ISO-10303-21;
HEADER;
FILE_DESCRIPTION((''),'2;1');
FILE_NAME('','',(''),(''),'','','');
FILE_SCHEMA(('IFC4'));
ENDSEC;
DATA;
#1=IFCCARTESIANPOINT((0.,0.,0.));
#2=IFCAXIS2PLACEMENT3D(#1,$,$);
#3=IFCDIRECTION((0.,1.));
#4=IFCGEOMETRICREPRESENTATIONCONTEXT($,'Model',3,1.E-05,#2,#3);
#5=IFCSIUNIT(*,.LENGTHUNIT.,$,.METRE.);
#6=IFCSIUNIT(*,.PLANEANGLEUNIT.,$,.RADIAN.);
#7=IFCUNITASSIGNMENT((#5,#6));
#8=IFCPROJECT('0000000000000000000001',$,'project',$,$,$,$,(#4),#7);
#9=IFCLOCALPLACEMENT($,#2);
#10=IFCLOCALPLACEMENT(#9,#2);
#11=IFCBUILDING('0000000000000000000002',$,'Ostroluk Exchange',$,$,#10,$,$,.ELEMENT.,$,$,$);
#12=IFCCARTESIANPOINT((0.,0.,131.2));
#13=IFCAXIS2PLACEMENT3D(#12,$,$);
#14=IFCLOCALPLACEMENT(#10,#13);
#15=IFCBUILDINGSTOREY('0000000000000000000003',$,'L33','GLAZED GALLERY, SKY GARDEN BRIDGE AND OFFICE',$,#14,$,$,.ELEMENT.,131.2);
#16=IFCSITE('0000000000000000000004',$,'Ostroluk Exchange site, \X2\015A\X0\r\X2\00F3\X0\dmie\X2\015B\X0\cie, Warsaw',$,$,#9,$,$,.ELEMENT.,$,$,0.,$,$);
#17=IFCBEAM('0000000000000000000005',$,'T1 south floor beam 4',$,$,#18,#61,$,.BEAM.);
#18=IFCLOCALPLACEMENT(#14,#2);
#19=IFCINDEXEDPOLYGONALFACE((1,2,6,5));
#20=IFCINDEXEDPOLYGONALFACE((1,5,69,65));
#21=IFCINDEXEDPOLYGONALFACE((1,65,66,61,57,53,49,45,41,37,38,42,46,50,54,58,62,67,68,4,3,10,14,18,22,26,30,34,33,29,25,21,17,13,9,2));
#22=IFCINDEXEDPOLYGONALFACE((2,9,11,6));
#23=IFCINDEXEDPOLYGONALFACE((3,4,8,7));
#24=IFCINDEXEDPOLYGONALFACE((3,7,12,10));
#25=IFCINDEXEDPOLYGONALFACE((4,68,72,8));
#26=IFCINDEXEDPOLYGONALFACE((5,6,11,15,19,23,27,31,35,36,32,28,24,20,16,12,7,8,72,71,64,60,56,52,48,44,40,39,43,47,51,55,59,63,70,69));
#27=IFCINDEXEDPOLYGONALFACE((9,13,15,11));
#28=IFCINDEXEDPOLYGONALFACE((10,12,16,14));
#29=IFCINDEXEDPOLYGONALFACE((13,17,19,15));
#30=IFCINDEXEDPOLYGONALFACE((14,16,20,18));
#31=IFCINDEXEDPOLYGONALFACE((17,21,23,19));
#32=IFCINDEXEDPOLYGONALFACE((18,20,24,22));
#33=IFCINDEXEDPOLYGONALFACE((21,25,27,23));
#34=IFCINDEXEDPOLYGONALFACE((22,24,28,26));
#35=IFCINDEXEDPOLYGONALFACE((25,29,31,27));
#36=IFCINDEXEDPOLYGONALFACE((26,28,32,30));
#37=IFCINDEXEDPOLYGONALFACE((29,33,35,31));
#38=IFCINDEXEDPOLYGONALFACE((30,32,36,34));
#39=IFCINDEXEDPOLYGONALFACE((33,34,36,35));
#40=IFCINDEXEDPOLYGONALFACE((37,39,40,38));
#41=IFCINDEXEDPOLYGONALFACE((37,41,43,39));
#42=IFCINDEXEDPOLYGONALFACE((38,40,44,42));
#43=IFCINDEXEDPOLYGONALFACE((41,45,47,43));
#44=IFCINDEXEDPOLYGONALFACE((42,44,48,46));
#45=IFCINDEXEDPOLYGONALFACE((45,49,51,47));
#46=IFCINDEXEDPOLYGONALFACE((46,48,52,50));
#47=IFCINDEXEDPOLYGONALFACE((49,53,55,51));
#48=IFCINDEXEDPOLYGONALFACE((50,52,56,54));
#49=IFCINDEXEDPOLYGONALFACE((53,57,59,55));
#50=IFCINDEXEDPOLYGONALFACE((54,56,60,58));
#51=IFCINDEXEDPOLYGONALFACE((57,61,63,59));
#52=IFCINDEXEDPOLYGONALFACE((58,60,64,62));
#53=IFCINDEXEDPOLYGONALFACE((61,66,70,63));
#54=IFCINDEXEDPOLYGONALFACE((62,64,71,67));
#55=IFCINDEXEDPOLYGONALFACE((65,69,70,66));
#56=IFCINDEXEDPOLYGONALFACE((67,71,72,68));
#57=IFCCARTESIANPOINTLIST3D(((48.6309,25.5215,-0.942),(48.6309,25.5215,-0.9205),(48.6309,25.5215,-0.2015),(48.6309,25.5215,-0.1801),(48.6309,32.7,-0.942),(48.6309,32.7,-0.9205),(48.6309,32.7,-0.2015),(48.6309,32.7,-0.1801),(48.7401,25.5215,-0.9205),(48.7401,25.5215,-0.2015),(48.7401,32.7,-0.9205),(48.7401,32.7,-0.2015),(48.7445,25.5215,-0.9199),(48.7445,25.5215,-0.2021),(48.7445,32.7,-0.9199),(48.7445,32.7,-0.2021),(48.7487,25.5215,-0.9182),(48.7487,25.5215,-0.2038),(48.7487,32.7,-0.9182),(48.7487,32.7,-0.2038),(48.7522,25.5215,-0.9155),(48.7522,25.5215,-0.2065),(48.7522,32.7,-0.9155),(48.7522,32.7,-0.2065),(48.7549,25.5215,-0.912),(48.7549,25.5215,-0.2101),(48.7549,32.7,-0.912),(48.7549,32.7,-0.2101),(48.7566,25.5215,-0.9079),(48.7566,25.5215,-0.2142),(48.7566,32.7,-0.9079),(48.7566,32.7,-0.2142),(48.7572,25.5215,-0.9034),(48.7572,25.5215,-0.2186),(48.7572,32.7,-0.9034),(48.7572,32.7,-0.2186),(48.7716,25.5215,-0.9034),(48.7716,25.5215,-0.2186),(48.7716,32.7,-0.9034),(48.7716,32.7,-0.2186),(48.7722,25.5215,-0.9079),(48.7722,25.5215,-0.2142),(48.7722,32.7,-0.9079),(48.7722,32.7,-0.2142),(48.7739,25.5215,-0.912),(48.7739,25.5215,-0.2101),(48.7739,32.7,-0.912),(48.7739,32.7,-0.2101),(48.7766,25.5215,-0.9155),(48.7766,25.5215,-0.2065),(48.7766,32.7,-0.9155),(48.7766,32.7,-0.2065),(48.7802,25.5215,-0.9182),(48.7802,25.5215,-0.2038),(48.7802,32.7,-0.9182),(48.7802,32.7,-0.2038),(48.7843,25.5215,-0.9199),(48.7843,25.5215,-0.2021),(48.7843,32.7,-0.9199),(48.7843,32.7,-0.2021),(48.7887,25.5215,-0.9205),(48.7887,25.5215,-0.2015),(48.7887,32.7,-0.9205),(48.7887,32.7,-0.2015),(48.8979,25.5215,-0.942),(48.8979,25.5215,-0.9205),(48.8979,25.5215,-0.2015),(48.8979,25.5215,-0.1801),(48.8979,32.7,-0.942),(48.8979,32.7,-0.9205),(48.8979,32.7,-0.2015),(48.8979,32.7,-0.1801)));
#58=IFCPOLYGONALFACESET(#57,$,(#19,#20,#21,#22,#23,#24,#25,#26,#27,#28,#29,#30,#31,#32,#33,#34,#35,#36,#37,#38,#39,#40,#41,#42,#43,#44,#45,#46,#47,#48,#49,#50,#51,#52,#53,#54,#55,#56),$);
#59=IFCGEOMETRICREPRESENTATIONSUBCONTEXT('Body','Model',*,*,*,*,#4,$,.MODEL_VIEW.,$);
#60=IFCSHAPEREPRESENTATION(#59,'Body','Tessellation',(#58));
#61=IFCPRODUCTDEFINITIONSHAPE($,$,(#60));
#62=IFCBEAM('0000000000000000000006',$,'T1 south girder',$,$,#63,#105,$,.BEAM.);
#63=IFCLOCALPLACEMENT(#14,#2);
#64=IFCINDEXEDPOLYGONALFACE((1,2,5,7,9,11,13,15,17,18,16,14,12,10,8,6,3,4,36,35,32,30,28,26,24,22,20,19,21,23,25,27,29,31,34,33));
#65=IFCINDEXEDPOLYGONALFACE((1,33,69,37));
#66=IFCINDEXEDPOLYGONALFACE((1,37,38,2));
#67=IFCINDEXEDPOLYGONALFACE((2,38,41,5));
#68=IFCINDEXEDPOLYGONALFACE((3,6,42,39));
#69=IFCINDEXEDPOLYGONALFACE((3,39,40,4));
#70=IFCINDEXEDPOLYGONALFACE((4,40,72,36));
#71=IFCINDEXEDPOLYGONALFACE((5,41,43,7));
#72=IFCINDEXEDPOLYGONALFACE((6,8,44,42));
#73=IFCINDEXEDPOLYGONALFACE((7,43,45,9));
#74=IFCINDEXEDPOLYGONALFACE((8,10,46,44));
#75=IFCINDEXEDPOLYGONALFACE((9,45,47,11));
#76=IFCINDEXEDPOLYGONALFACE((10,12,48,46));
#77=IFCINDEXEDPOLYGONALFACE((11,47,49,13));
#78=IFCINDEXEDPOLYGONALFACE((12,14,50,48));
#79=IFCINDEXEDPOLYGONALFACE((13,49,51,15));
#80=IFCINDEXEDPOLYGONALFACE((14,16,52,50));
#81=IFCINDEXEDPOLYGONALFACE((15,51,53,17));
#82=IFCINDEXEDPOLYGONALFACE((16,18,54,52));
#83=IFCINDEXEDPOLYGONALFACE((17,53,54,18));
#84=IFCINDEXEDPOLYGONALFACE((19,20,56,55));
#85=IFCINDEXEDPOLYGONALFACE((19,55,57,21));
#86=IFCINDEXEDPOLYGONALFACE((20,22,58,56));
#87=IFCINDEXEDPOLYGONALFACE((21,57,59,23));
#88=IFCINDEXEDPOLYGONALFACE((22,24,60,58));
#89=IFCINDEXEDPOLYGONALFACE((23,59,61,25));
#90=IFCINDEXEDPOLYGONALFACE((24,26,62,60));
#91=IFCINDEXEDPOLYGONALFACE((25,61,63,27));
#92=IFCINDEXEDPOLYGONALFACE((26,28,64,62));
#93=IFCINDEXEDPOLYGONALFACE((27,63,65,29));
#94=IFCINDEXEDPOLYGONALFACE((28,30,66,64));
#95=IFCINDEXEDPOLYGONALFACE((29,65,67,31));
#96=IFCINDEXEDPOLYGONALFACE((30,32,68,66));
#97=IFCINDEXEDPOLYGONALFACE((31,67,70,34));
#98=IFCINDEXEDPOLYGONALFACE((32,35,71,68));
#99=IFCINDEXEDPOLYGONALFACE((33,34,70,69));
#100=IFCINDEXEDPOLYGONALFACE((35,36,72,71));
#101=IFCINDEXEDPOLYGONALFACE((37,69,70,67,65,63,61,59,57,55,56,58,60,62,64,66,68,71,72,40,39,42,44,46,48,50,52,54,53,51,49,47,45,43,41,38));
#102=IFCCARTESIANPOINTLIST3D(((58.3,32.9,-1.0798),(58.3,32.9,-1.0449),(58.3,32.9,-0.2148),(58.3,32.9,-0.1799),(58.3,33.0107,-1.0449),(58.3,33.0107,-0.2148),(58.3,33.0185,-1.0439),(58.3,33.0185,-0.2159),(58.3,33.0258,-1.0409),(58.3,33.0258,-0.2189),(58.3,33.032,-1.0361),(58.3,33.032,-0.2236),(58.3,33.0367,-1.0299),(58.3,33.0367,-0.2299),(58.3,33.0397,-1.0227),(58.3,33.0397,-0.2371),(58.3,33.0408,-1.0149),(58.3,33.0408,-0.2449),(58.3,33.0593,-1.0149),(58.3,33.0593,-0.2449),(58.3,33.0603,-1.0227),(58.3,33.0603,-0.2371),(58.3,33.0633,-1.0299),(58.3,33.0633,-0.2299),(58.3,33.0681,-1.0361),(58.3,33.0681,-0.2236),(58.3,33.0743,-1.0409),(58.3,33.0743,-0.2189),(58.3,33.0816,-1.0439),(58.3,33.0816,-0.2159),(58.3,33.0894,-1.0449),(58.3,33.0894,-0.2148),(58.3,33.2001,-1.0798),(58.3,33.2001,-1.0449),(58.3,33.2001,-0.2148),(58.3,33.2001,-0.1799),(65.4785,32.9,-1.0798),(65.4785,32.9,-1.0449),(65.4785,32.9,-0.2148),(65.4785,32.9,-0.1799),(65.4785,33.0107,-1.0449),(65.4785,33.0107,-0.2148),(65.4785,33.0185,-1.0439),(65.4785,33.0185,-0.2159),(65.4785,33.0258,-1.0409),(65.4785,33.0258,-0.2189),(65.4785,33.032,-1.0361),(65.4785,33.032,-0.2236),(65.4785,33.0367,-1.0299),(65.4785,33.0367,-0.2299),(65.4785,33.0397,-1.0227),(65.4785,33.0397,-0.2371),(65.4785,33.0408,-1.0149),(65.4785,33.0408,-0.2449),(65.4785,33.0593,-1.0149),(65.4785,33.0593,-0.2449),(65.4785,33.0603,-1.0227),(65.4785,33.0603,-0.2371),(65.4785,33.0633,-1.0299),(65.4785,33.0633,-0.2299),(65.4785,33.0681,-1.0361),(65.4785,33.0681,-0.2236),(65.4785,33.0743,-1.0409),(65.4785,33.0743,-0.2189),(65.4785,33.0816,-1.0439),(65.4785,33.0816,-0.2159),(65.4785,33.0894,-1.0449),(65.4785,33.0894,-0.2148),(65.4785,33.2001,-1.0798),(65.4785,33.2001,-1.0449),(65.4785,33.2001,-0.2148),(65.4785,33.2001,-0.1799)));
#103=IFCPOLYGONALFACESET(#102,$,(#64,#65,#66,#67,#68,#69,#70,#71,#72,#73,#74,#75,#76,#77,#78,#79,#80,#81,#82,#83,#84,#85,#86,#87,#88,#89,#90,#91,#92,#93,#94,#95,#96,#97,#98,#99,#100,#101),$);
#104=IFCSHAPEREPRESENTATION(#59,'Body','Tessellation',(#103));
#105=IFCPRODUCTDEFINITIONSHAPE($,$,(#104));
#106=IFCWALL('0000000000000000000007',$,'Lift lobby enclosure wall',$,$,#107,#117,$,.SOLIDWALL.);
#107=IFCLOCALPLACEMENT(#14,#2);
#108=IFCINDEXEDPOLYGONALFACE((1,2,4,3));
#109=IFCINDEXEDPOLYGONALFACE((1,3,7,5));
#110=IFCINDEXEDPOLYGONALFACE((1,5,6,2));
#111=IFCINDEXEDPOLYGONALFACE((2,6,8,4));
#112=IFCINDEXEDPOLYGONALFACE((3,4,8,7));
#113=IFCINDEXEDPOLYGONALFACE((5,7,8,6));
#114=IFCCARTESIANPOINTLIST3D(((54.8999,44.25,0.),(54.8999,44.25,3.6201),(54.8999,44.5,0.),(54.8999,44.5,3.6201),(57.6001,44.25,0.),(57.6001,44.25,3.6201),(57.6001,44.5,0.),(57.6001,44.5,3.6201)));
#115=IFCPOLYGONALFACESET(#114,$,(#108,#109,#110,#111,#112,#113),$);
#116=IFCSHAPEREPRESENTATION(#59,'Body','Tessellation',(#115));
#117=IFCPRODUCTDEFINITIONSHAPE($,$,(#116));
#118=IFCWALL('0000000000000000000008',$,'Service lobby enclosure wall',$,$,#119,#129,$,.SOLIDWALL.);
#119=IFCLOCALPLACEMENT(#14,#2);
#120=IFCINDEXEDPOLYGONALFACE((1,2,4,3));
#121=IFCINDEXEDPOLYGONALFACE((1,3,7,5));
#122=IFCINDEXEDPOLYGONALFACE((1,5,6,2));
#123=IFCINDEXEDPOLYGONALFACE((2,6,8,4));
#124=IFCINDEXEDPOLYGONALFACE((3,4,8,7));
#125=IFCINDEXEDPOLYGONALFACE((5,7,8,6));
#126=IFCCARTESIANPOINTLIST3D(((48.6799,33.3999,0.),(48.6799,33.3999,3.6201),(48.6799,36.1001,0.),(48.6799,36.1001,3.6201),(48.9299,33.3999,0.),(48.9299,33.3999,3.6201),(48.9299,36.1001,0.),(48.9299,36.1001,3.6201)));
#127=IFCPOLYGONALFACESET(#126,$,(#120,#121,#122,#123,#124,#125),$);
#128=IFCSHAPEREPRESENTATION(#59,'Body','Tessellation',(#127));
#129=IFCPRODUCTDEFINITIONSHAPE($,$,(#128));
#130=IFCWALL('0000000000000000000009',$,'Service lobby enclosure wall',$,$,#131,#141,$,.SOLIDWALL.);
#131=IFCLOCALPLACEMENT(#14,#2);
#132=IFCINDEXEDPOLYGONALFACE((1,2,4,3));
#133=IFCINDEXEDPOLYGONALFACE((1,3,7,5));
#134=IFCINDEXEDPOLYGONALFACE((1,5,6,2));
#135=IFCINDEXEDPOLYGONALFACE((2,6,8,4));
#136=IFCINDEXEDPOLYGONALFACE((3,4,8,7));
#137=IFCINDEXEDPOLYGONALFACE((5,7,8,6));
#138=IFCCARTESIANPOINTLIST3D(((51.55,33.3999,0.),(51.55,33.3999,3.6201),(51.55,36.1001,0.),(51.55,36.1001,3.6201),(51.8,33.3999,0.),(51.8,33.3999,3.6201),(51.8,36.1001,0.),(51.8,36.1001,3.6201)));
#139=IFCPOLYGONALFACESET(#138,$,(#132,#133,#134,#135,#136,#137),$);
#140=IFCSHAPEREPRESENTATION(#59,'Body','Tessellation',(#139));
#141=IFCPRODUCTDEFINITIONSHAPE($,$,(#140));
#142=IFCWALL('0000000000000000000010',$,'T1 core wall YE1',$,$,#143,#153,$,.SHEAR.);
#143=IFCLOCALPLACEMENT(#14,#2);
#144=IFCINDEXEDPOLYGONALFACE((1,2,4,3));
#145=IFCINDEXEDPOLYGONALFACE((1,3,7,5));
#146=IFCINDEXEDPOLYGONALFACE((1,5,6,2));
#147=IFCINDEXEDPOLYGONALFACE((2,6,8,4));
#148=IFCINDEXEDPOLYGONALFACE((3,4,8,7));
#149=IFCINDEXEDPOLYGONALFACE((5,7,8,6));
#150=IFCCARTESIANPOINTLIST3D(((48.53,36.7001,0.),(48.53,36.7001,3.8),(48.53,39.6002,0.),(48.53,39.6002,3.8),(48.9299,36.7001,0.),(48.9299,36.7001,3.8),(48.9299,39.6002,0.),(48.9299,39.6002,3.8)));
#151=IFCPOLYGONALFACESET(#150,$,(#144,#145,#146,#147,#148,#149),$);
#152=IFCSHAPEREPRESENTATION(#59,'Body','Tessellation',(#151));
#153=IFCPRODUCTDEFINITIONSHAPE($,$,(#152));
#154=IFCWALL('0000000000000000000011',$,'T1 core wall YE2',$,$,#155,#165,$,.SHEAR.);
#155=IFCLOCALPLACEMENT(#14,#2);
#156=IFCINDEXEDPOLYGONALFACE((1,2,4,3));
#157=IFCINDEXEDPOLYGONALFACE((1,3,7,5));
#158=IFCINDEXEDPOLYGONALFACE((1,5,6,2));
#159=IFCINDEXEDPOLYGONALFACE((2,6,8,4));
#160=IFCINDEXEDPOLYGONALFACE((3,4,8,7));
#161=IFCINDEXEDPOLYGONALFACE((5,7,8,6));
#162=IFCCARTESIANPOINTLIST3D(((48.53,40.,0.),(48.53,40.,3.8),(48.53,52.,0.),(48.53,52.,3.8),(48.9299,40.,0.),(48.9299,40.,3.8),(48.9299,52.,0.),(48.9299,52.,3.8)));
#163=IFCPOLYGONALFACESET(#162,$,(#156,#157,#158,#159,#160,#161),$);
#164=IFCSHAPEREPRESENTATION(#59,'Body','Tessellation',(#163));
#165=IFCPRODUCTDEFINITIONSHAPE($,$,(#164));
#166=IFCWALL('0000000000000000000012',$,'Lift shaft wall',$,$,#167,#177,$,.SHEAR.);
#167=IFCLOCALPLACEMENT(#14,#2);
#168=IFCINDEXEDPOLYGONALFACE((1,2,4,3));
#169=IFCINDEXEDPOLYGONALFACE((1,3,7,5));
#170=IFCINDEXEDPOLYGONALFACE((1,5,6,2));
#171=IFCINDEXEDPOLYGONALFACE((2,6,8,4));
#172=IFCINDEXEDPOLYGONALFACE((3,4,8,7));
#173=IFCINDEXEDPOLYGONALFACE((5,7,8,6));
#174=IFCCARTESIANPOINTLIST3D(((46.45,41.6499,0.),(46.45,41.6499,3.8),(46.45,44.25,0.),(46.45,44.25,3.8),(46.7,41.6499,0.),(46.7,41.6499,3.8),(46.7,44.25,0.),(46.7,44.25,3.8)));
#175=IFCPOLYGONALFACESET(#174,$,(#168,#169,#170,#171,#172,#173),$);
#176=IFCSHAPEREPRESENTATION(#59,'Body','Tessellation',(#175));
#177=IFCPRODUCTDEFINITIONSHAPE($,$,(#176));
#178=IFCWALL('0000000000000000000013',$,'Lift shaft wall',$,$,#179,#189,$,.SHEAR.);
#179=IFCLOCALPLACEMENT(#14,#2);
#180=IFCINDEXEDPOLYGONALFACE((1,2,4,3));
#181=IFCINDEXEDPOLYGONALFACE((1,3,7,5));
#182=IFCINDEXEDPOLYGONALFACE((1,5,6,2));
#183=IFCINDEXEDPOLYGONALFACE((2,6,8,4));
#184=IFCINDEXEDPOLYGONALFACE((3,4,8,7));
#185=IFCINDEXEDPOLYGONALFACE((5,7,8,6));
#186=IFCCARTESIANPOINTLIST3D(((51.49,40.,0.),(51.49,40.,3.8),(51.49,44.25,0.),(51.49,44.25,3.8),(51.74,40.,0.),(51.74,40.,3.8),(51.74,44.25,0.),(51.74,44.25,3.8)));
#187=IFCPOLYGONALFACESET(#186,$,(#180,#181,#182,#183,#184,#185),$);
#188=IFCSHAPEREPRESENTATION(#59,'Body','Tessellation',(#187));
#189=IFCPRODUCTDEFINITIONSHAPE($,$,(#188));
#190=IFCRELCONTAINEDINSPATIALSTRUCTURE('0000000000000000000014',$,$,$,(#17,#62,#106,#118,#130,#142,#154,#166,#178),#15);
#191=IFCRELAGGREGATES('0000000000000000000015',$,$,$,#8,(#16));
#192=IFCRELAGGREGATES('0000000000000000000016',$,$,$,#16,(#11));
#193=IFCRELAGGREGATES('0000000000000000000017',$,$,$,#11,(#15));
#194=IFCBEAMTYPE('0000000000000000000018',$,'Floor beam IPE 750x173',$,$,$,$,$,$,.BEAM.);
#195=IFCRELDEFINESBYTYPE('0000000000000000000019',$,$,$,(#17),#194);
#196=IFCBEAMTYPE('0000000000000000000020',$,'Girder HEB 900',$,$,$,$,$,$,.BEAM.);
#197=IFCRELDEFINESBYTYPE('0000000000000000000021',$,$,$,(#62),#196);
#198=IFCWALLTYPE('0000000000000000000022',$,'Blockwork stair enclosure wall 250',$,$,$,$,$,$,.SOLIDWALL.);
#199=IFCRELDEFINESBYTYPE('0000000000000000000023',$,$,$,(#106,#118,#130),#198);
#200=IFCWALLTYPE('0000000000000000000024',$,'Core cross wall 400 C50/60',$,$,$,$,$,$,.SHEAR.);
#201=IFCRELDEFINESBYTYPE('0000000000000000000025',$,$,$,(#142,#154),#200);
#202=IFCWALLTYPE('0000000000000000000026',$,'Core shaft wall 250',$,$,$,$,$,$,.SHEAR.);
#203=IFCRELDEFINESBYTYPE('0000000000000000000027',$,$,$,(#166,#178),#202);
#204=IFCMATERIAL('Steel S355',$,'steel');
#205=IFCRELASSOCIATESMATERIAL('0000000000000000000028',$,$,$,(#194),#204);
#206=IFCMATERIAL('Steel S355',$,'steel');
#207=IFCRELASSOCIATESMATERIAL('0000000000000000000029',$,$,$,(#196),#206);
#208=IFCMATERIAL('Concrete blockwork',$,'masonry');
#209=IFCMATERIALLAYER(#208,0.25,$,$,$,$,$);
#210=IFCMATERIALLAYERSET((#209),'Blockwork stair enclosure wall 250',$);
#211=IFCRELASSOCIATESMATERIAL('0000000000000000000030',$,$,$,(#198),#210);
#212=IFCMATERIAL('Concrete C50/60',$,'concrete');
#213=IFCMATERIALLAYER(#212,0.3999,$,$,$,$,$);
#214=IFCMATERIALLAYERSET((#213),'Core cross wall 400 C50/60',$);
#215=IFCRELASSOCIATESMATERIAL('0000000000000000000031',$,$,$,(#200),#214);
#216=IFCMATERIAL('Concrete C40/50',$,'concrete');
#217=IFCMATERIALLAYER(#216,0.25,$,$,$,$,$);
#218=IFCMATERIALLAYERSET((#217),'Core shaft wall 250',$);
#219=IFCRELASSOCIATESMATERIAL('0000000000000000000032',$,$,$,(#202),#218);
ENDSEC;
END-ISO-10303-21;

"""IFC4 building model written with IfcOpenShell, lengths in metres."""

from ifc_helpers import new_model, si_unit, direction, frame, frame_2d, origin, origin_2d, place, context, subcontext, project, spatial, rectangle, i_section, extrude, material, layer, layer_set, material_profile, profile_set, type_object, element, save


model = new_model("IFC4")

# Units and contexts
model_context = context("Model", 3, precision=1e-05, world=origin(), true_north=direction((0.0, 1.0)))
body_context = subcontext(model_context, "Body", "Model", "MODEL_VIEW")
ifc_project = project(units=[si_unit("LENGTHUNIT", "METRE"), si_unit("PLANEANGLEUNIT", "RADIAN")], contexts=[model_context])

# Site, building, storey
site_placement = place(None, origin())
site = spatial("IfcSite", under=ifc_project, at=site_placement, Name="Ostroluk Exchange site, Śródmieście, Warsaw", CompositionType="ELEMENT", RefElevation=0.0)
building_placement = place(site_placement, origin())
building = spatial("IfcBuilding", under=site, at=building_placement, Name="Ostroluk Exchange", CompositionType="ELEMENT")
storey_placement = place(building_placement, frame((0.0, 0.0, 131.2)))
storey = spatial("IfcBuildingStorey", under=building, at=storey_placement, Name="L33", Description="GLAZED GALLERY, SKY GARDEN BRIDGE AND OFFICE", CompositionType="ELEMENT", Elevation=131.2)

# Beams
ifc_material_1 = material(Name="Steel S355", Category="steel")
ifc_material_profile_1 = material_profile(ifc_material_1, i_section(OverallWidth=0.2671, OverallDepth=0.762, WebThickness=0.0144, FlangeThickness=0.0215, FilletRadius=0.0171, at=origin_2d()), Name="IPE 750x173")
ifc_profile_set_1 = profile_set([ifc_material_profile_1], Name="Steel S355")
beam_type_1 = type_object("IfcBeamType", Name="Floor beam IPE 750x173", PredefinedType="BEAM", material=ifc_profile_set_1)
for number, where, z_axis, x_axis, name in (
    (1, (48.7644, 32.7, -0.561), (0.0, -1.0, 0.0), (1.0, 0.0, 0.0), "T1 south floor beam 4"),
):
    element("IfcBeam", number, at=place(storey_placement, frame(where, z_axis=z_axis, x_axis=x_axis)), inside=storey, type_object=beam_type_1, Name=name, PredefinedType="BEAM", context=body_context, shape_type="SweptSolid", body=[
        extrude(i_section(OverallWidth=0.2671, OverallDepth=0.762, WebThickness=0.0144, FlangeThickness=0.0215, FilletRadius=0.0171, at=origin_2d()), origin(), (0.0, 0.0, 1.0), 7.1785),
    ])
ifc_material_2 = material(Name="Steel S355", Category="steel")
ifc_material_profile_2 = material_profile(ifc_material_2, i_section(OverallWidth=0.3, OverallDepth=0.8999, WebThickness=0.0186, FlangeThickness=0.0349, FilletRadius=0.03, at=origin_2d()), Name="HEB 900")
ifc_profile_set_2 = profile_set([ifc_material_profile_2], Name="Steel S355")
beam_type_2 = type_object("IfcBeamType", Name="Girder HEB 900", PredefinedType="BEAM", material=ifc_profile_set_2)
beam_placement = place(storey_placement, frame((58.3, 33.05, -0.6299), z_axis=(1.0, 0.0, 0.0), x_axis=(0.0, 1.0, 0.0)))
element("IfcBeam", 2, at=beam_placement, inside=storey, type_object=beam_type_2, Name="T1 south girder", PredefinedType="BEAM", context=body_context, shape_type="SweptSolid", body=[
    extrude(i_section(OverallWidth=0.3, OverallDepth=0.8999, WebThickness=0.0186, FlangeThickness=0.0349, FilletRadius=0.03, at=origin_2d()), origin(), (0.0, 0.0, 1.0), 7.1785),
])

# Walls
ifc_material_3 = material(Name="Concrete blockwork", Category="masonry")
ifc_layer_1 = layer(ifc_material_3, 0.25)
ifc_layer_set_1 = layer_set([ifc_layer_1], Name="Blockwork stair enclosure wall 250")
wall_type_1 = type_object("IfcWallType", Name="Blockwork stair enclosure wall 250", PredefinedType="SOLIDWALL", material=ifc_layer_set_1)
for number, where, z_axis, x_axis, name in (
    (3, (54.8999, 44.375, 0.0), (0.0, 0.0, 1.0), (1.0, 0.0, 0.0), "Lift lobby enclosure wall"),
    (4, (48.8049, 33.3999, 0.0), (0.0, 0.0, 1.0), (0.0, 1.0, 0.0), "Service lobby enclosure wall"),
    (5, (51.675, 33.3999, 0.0), (0.0, 0.0, 1.0), (0.0, 1.0, 0.0), "Service lobby enclosure wall"),
):
    element("IfcWall", number, at=place(storey_placement, frame(where, z_axis=z_axis, x_axis=x_axis)), inside=storey, type_object=wall_type_1, Name=name, PredefinedType="SOLIDWALL", context=body_context, shape_type="SweptSolid", body=[
        extrude(rectangle(XDim=2.7002, YDim=0.25, at=frame_2d((1.3501, 0.0))), origin(), (0.0, 0.0, 1.0), 3.6201),
    ])
ifc_material_4 = material(Name="Concrete C50/60", Category="concrete")
ifc_layer_2 = layer(ifc_material_4, 0.3999)
ifc_layer_set_2 = layer_set([ifc_layer_2], Name="Core cross wall 400 C50/60")
wall_type_2 = type_object("IfcWallType", Name="Core cross wall 400 C50/60", PredefinedType="SHEAR", material=ifc_layer_set_2)
wall_1_placement = place(storey_placement, frame((48.73, 36.7, 0.0), z_axis=(0.0, 0.0, 1.0), x_axis=(0.0, 1.0, 0.0)))
element("IfcWall", 6, at=wall_1_placement, inside=storey, type_object=wall_type_2, Name="T1 core wall YE1", PredefinedType="SHEAR", context=body_context, shape_type="SweptSolid", body=[
    extrude(rectangle(XDim=2.9001, YDim=0.3999, at=frame_2d((1.4502, 0.0))), origin(), (0.0, 0.0, 1.0), 3.8),
])
wall_2_placement = place(storey_placement, frame((48.73, 40.0, 0.0), z_axis=(0.0, 0.0, 1.0), x_axis=(0.0, 1.0, 0.0)))
element("IfcWall", 7, at=wall_2_placement, inside=storey, type_object=wall_type_2, Name="T1 core wall YE2", PredefinedType="SHEAR", context=body_context, shape_type="SweptSolid", body=[
    extrude(rectangle(XDim=12.0, YDim=0.3999, at=frame_2d((6.0, 0.0))), origin(), (0.0, 0.0, 1.0), 3.8),
])

# Shared definitions
ifc_material_5 = material(Name="Concrete C40/50", Category="concrete")
ifc_layer_3 = layer(ifc_material_5, 0.25)
ifc_layer_set_3 = layer_set([ifc_layer_3], Name="Core shaft wall 250")
wall_type_3 = type_object("IfcWallType", Name="Core shaft wall 250", PredefinedType="SHEAR", material=ifc_layer_set_3)

# Walls
wall_3_placement = place(storey_placement, frame((46.575, 44.25, 0.0), z_axis=(0.0, 0.0, 1.0), x_axis=(0.0, -1.0, 0.0)))
element("IfcWall", 8, at=wall_3_placement, inside=storey, type_object=wall_type_3, Name="Lift shaft wall", PredefinedType="SHEAR", context=body_context, shape_type="SweptSolid", body=[
    extrude(rectangle(XDim=2.6001, YDim=0.25, at=frame_2d((1.3, 0.0))), origin(), (0.0, 0.0, 1.0), 3.8),
])
wall_4_placement = place(storey_placement, frame((51.615, 44.25, 0.0), z_axis=(0.0, 0.0, 1.0), x_axis=(0.0, -1.0, 0.0)))
element("IfcWall", 9, at=wall_4_placement, inside=storey, type_object=wall_type_3, Name="Lift shaft wall", PredefinedType="SHEAR", context=body_context, shape_type="SweptSolid", body=[
    extrude(rectangle(XDim=4.25, YDim=0.25, at=frame_2d((2.125, 0.0))), origin(), (0.0, 0.0, 1.0), 3.8),
])

save(model, "model.ifc")
